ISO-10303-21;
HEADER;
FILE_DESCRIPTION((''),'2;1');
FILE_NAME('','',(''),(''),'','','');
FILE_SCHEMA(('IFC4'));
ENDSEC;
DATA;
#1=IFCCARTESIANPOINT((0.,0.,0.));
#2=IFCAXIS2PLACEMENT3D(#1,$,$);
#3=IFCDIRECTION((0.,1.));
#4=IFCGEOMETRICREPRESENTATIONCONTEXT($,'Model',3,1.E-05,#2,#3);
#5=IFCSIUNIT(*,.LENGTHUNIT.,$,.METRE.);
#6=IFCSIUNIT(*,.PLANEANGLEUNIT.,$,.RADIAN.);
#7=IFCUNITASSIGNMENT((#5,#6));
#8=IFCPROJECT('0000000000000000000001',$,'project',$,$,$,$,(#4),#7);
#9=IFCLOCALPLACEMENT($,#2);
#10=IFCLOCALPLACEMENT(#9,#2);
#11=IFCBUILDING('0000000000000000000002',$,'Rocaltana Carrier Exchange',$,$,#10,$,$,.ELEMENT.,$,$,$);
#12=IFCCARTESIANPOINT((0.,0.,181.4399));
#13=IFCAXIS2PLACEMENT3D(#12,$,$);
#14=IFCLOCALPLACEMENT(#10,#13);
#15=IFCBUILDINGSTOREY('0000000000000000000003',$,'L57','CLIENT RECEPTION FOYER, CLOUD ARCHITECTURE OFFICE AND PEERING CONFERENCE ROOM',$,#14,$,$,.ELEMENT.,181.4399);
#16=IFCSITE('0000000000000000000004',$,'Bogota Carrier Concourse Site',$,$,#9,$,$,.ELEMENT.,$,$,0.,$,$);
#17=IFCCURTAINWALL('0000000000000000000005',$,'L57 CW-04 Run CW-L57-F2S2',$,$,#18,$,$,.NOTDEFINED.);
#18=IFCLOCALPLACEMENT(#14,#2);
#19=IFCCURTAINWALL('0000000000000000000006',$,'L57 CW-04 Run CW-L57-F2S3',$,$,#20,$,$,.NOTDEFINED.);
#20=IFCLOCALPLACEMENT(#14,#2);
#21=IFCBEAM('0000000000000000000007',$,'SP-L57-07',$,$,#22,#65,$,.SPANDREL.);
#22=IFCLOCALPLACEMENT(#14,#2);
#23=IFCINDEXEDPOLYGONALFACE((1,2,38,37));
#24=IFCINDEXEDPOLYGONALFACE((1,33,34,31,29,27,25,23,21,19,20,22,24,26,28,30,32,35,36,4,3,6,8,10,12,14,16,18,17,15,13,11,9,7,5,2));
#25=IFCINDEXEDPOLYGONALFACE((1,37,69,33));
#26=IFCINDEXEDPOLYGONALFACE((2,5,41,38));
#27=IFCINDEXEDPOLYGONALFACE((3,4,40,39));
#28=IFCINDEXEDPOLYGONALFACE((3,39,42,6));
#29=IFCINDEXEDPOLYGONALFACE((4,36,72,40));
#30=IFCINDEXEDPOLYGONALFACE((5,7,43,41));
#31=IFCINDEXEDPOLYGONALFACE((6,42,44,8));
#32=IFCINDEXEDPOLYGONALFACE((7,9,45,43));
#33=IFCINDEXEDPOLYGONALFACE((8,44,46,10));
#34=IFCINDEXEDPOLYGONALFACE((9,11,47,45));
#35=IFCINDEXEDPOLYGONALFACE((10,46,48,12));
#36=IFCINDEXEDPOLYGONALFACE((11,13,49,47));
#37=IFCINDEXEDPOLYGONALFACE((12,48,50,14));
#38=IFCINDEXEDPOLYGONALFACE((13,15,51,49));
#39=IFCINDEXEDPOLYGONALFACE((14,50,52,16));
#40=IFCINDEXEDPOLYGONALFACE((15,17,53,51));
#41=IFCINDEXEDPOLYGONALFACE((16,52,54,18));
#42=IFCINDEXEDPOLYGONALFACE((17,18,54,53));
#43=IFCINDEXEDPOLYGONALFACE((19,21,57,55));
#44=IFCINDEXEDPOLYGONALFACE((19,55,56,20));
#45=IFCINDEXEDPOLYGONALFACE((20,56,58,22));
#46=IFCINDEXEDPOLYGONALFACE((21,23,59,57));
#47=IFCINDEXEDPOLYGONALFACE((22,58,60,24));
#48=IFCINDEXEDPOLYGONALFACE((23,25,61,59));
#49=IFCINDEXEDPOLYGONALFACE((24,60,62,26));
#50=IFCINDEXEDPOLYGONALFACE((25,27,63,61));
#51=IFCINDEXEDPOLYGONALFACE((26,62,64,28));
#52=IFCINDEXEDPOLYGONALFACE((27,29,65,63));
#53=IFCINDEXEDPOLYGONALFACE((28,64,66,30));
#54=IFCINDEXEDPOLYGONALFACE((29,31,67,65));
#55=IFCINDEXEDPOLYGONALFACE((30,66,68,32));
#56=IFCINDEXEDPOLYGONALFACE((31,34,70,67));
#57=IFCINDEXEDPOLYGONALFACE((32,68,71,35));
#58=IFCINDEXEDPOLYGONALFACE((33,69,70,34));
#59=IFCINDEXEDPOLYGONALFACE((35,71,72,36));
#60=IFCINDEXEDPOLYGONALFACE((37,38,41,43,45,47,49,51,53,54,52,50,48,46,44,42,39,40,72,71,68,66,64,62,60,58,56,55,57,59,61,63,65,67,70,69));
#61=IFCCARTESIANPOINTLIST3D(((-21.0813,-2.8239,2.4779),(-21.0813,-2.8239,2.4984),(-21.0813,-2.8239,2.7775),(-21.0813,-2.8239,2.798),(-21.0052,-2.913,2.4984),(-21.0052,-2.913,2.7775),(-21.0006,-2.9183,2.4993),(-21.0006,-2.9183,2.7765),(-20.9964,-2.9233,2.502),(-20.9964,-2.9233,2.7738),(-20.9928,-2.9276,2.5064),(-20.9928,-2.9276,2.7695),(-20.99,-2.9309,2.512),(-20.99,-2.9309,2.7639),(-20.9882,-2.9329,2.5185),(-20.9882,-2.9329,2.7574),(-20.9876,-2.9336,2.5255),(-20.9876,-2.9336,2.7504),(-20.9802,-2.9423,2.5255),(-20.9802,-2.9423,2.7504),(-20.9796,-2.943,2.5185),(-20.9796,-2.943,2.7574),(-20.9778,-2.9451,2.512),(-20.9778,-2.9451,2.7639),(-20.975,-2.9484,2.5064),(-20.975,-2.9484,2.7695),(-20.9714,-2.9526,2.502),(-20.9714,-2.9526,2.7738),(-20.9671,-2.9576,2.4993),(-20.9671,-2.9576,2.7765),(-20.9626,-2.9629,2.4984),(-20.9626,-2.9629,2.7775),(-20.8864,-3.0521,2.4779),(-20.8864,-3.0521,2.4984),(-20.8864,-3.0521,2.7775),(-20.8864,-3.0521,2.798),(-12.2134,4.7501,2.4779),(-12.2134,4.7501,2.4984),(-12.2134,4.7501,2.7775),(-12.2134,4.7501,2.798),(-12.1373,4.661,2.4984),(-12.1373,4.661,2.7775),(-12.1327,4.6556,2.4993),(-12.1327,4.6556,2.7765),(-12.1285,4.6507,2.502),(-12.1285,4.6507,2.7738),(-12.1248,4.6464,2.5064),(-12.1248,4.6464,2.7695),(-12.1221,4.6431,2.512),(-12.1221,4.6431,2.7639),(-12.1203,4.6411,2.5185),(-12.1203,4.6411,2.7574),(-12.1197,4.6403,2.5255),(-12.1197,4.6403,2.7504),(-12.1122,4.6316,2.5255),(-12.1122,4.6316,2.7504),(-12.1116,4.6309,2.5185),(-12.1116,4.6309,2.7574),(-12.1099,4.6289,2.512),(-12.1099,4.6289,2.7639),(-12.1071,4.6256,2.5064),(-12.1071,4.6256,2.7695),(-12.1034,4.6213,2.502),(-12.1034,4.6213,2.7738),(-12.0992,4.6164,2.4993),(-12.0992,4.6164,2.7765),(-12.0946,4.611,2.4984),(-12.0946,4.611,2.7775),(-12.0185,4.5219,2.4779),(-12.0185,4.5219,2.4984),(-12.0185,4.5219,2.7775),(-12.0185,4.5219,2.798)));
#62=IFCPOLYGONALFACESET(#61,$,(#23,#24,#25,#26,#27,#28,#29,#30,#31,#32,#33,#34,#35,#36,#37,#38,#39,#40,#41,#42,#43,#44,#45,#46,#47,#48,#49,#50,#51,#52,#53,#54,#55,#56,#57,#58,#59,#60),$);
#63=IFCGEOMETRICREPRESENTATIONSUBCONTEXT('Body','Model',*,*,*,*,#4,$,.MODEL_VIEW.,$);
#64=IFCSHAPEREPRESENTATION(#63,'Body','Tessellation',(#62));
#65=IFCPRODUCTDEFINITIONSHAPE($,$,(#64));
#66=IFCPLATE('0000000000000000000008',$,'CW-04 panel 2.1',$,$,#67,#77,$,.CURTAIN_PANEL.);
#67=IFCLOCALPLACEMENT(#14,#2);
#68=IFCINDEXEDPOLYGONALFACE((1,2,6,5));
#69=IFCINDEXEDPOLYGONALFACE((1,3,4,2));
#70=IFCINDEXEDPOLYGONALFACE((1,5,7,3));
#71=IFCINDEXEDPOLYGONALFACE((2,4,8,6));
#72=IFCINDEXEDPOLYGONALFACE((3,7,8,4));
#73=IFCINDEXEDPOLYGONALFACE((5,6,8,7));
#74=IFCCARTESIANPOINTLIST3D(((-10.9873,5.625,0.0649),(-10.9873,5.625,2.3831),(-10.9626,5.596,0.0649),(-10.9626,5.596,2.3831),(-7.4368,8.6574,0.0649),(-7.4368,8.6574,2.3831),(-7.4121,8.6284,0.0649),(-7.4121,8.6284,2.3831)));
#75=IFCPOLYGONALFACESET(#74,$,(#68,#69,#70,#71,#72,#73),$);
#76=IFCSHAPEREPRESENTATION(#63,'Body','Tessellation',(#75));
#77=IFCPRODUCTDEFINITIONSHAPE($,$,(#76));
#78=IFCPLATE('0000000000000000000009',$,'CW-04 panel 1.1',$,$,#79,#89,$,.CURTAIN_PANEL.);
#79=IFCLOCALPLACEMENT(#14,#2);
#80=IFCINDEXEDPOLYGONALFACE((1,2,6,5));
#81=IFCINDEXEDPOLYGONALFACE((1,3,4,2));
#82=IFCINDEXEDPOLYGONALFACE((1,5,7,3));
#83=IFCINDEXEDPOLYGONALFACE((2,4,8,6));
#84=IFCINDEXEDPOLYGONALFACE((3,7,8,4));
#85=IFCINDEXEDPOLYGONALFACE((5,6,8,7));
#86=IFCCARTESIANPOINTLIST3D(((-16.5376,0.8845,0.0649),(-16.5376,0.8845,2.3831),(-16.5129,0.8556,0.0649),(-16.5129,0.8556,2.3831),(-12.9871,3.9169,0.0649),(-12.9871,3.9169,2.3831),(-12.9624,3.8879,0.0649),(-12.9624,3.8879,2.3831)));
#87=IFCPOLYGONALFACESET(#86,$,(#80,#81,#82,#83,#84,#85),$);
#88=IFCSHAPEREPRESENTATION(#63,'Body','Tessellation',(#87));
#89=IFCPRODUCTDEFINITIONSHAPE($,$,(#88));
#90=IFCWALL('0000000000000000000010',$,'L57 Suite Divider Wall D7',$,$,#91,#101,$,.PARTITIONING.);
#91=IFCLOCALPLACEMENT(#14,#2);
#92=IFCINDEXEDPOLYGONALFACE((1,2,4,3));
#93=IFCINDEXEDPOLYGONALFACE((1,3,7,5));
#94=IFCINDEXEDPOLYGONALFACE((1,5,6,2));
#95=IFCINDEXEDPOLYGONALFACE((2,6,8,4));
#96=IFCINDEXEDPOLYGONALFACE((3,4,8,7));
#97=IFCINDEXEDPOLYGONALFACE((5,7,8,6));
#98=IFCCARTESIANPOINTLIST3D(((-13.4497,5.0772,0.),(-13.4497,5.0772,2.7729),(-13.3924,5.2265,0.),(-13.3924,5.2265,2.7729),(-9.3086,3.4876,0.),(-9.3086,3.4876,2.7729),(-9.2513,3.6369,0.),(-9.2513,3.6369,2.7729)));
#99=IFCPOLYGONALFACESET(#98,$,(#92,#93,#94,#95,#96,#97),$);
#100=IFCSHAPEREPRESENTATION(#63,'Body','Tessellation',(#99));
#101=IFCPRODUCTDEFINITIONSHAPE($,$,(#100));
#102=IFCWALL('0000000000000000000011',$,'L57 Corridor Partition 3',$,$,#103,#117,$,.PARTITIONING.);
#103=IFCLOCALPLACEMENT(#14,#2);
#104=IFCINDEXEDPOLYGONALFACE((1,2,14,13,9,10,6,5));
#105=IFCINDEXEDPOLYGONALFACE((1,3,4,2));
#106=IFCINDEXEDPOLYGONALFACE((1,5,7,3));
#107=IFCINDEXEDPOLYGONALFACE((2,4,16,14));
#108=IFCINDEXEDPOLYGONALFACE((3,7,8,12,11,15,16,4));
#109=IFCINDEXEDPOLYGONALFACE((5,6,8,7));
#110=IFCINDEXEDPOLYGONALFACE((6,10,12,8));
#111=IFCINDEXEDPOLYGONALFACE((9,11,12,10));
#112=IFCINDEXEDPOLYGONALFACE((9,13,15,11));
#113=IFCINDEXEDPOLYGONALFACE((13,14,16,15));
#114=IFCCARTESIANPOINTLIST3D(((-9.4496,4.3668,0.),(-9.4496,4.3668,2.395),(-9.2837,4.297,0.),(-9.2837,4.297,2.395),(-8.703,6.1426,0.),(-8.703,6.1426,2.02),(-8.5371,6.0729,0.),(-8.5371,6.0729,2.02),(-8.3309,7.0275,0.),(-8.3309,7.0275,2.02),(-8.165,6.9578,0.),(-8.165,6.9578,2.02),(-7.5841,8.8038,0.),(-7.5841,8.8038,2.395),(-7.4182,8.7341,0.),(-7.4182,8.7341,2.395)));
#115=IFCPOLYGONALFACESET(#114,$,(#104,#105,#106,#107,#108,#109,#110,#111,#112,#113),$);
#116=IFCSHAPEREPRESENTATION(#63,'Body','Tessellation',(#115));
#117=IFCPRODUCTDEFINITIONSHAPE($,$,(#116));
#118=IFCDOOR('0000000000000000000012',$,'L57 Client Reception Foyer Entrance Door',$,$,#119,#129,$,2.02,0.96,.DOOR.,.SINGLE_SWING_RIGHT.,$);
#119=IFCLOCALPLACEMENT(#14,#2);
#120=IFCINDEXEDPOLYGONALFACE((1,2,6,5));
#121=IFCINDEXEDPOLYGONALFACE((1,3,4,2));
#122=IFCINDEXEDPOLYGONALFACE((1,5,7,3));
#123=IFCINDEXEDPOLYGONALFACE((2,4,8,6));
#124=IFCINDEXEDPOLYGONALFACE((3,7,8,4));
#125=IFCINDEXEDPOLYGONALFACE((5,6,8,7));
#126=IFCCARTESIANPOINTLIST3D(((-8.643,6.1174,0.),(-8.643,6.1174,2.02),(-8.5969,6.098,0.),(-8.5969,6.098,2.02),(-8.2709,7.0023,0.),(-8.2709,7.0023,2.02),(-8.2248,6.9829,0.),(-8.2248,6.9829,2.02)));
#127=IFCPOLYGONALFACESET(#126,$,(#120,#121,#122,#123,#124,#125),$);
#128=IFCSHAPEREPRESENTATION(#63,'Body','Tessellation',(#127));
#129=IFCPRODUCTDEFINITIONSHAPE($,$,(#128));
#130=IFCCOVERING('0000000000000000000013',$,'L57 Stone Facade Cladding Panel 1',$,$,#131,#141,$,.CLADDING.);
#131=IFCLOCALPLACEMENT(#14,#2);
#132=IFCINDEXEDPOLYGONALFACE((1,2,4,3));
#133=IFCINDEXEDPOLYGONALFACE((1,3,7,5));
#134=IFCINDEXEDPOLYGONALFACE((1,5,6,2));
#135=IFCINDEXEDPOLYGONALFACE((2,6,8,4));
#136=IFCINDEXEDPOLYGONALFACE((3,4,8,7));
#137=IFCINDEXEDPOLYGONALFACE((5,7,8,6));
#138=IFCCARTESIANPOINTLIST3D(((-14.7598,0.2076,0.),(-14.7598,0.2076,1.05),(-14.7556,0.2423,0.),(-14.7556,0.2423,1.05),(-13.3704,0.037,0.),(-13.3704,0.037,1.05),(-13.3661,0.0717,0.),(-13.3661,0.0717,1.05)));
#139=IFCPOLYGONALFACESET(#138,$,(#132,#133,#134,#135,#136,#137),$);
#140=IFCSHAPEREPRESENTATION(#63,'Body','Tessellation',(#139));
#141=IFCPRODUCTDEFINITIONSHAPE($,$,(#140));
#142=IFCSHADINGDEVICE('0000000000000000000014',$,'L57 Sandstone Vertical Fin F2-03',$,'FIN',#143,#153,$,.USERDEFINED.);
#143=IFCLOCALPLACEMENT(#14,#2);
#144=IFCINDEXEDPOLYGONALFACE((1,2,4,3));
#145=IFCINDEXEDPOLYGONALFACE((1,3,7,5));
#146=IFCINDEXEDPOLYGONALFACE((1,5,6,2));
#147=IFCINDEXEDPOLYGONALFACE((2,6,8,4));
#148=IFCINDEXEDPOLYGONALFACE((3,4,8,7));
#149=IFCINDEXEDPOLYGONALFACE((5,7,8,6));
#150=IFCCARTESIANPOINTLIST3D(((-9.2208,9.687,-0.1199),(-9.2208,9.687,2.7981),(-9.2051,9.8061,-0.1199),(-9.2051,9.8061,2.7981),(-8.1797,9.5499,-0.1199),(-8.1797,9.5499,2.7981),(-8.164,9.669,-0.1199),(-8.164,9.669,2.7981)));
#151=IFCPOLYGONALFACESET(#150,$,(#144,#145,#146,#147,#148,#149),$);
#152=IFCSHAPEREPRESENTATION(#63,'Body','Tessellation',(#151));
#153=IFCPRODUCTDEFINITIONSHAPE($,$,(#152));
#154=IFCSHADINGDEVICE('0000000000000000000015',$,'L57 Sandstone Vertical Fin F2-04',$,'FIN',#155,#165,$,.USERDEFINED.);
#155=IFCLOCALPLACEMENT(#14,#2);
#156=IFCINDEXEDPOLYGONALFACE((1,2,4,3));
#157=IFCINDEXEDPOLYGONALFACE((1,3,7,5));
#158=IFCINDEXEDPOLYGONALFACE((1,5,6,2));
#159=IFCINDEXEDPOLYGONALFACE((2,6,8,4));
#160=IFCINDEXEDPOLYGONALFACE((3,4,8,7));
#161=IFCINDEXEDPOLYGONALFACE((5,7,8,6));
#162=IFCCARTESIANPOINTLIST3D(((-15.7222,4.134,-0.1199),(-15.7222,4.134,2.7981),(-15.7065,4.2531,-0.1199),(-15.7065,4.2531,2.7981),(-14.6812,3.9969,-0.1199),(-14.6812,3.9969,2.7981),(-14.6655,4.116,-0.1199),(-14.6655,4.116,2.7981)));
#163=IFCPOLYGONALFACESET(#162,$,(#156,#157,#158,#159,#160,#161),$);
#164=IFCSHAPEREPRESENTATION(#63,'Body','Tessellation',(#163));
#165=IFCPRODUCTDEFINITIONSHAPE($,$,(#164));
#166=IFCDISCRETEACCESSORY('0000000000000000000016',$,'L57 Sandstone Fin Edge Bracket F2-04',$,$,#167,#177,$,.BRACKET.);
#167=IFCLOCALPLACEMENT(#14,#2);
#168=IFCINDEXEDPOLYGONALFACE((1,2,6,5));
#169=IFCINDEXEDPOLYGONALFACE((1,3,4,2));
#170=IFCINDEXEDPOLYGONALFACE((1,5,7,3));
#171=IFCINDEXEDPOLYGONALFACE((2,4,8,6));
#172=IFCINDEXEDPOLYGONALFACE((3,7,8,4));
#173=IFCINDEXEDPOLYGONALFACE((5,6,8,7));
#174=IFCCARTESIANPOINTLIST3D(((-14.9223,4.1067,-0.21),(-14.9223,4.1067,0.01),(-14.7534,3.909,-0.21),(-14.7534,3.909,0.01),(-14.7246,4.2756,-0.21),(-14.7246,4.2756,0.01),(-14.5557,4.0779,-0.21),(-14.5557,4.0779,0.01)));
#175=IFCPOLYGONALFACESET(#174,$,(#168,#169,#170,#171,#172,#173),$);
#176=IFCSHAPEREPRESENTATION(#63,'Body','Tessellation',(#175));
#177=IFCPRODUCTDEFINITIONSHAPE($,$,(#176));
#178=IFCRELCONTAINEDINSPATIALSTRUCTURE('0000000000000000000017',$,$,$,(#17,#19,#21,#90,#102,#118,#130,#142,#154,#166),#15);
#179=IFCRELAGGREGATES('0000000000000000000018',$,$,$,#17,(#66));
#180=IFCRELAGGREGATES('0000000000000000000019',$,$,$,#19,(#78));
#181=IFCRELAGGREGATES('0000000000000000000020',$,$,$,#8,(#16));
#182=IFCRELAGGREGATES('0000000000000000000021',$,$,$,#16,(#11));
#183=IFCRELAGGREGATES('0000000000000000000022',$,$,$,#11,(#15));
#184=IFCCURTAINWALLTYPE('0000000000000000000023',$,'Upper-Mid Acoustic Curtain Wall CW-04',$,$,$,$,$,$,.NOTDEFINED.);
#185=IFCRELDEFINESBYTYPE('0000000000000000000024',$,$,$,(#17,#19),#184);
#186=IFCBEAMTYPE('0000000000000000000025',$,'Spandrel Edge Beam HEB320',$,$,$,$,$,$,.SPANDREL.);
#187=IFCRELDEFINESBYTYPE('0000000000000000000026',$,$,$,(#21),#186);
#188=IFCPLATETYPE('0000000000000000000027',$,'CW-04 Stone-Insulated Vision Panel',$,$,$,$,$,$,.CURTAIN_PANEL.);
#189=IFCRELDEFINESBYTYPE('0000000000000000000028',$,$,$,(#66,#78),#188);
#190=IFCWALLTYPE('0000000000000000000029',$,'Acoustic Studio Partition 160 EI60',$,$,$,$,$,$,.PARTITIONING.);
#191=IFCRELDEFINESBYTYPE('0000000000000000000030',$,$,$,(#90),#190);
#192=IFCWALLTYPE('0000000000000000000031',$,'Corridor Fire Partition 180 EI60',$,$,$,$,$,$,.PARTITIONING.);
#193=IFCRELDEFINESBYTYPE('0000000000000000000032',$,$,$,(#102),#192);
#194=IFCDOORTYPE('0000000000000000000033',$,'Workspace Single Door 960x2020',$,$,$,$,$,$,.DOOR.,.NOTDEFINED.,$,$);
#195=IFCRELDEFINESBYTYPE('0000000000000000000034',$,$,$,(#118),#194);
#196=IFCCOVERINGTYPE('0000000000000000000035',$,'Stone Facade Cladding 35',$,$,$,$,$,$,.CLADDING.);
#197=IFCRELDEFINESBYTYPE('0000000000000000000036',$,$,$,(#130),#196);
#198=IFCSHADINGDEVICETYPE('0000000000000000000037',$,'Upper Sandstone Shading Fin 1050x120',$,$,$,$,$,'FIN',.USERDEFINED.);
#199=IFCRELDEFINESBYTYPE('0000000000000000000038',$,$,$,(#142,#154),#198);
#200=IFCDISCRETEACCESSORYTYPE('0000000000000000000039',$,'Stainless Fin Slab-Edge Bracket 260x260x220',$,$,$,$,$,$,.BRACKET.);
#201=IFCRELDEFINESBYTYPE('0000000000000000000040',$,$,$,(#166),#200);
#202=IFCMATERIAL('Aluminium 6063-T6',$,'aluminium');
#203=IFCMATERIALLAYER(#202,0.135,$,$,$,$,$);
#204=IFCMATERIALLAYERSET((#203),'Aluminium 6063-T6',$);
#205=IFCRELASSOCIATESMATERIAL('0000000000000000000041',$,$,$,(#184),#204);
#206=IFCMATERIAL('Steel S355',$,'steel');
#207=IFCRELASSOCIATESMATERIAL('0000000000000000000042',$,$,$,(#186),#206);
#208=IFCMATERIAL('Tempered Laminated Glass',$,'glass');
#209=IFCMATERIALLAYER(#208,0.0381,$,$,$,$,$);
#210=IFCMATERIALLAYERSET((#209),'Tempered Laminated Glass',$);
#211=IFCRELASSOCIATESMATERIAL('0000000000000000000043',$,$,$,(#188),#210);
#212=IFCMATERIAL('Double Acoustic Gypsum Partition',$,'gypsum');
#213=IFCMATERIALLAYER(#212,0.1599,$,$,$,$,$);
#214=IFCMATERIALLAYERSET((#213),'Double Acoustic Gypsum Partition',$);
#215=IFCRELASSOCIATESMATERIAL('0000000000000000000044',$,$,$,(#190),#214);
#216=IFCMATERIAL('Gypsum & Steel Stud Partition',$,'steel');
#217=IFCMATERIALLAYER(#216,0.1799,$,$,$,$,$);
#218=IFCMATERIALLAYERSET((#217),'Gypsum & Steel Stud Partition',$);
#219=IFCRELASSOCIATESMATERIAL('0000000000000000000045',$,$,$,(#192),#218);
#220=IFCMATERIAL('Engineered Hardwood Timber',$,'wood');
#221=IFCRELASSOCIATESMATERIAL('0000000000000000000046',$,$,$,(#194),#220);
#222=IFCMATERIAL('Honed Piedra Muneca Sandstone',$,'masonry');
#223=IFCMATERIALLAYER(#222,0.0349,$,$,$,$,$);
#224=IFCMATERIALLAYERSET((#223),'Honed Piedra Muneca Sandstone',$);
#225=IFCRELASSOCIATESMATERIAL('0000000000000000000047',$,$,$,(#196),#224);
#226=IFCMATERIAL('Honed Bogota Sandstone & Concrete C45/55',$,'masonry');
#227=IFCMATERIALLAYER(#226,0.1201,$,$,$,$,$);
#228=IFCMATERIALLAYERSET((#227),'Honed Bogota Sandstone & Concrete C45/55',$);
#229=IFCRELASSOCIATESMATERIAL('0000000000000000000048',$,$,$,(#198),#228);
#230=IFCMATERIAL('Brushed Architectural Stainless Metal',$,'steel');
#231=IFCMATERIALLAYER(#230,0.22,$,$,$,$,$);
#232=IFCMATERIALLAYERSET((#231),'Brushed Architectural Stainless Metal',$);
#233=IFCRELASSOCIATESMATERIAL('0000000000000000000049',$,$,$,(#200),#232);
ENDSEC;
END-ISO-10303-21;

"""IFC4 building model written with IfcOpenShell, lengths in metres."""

from ifc_helpers import new_model, si_unit, direction, frame, frame_2d, origin, origin_2d, place, context, subcontext, project, spatial, rectangle, i_section, extrude, material, layer, layer_set, material_profile, profile_set, type_object, element, fill, aggregate, save


model = new_model("IFC4")

# Units and contexts
model_context = context("Model", 3, precision=1e-05, world=origin(), true_north=direction((0.0, 1.0)))
body_context = subcontext(model_context, "Body", "Model", "MODEL_VIEW")
ifc_project = project(units=[si_unit("LENGTHUNIT", "METRE"), si_unit("PLANEANGLEUNIT", "RADIAN")], contexts=[model_context])

# Site, building, storey
site_placement = place(None, origin())
site = spatial("IfcSite", under=ifc_project, at=site_placement, Name="Bogota Carrier Concourse Site", CompositionType="ELEMENT", RefElevation=0.0)
building_placement = place(site_placement, origin())
building = spatial("IfcBuilding", under=site, at=building_placement, Name="Rocaltana Carrier Exchange", CompositionType="ELEMENT")
storey_placement = place(building_placement, frame((0.0, 0.0, 181.4399)))
storey = spatial("IfcBuildingStorey", under=building, at=storey_placement, Name="L57", Description="CLIENT RECEPTION FOYER, CLOUD ARCHITECTURE OFFICE AND PEERING CONFERENCE ROOM", CompositionType="ELEMENT", Elevation=181.4399)

# Curtain wall
ifc_material_1 = material(Name="Aluminium 6063-T6", Category="aluminium")
ifc_layer_1 = layer(ifc_material_1, 0.135)
ifc_layer_set_1 = layer_set([ifc_layer_1], Name="Aluminium 6063-T6")
curtain_wall_type = type_object("IfcCurtainWallType", Name="Upper-Mid Acoustic Curtain Wall CW-04", PredefinedType="NOTDEFINED", material=ifc_layer_set_1)
curtain_wall_1_placement = place(storey_placement, origin())
curtain_wall_1 = element("IfcCurtainWall", 1, at=curtain_wall_1_placement, inside=storey, type_object=curtain_wall_type, Name="L57 CW-04 Run CW-L57-F2S2", PredefinedType="NOTDEFINED")

# Curtain wall
curtain_wall_2_placement = place(storey_placement, origin())
curtain_wall_2 = element("IfcCurtainWall", 2, at=curtain_wall_2_placement, inside=storey, type_object=curtain_wall_type, Name="L57 CW-04 Run CW-L57-F2S3", PredefinedType="NOTDEFINED")

# Beam
ifc_material_2 = material(Name="Steel S355", Category="steel")
ifc_material_profile_1 = material_profile(ifc_material_2, i_section(OverallWidth=0.3, OverallDepth=0.3201, WebThickness=0.0115, FlangeThickness=0.0205, FilletRadius=0.0271, at=origin_2d()), Name="HEB320")
ifc_profile_set_1 = profile_set([ifc_material_profile_1], Name="Steel S355")
beam_type_1 = type_object("IfcBeamType", Name="Spandrel Edge Beam HEB320", PredefinedType="SPANDREL", material=ifc_profile_set_1)
beam_1_placement = place(storey_placement, frame((-12.116, 4.636, 2.6379), z_axis=(-0.760404, -0.649451, 0.0), x_axis=(0.649451, -0.760404, 0.0)))
element("IfcBeam", 3, at=beam_1_placement, inside=storey, type_object=beam_type_1, Name="SP-L57-07", PredefinedType="SPANDREL", context=body_context, shape_type="SweptSolid", body=[
    extrude(i_section(OverallWidth=0.3, OverallDepth=0.3201, WebThickness=0.0115, FlangeThickness=0.0205, FilletRadius=0.0271, at=origin_2d()), origin(), (0.0, 0.0, 1.0), 11.6621),
])

# Plates
ifc_material_3 = material(Name="Tempered Laminated Glass", Category="glass")
ifc_layer_2 = layer(ifc_material_3, 0.0381)
ifc_layer_set_2 = layer_set([ifc_layer_2], Name="Tempered Laminated Glass")
plate_type = type_object("IfcPlateType", Name="CW-04 Stone-Insulated Vision Panel", PredefinedType="CURTAIN_PANEL", material=ifc_layer_set_2)
plate_1_placement = place(storey_placement, frame((-9.1997, 7.1267, 0.0649), z_axis=(0.0, 0.0, 1.0), x_axis=(-0.760401, -0.649454, 0.0)))
plate_1 = element("IfcPlate", 4, at=plate_1_placement, type_object=plate_type, Name="CW-04 panel 2.1", PredefinedType="CURTAIN_PANEL", context=body_context, shape_type="SweptSolid", body=[
    extrude(rectangle(XDim=4.6692, YDim=0.0381, at=origin_2d()), origin(), (0.0, 0.0, 1.0), 2.3181),
])
aggregate(curtain_wall_1, [plate_1])
plate_2_placement = place(storey_placement, frame((-14.75, 2.3862, 0.0649), z_axis=(0.0, 0.0, 1.0), x_axis=(-0.760406, -0.649448, 0.0)))
plate_2 = element("IfcPlate", 5, at=plate_2_placement, type_object=plate_type, Name="CW-04 panel 1.1", PredefinedType="CURTAIN_PANEL", context=body_context, shape_type="SweptSolid", body=[
    extrude(rectangle(XDim=4.6692, YDim=0.0381, at=origin_2d()), origin(), (0.0, 0.0, 1.0), 2.3181),
])
aggregate(curtain_wall_2, [plate_2])

# Wall
ifc_material_4 = material(Name="Double Acoustic Gypsum Partition", Category="gypsum")
ifc_layer_3 = layer(ifc_material_4, 0.1599)
ifc_layer_set_3 = layer_set([ifc_layer_3], Name="Double Acoustic Gypsum Partition")
wall_type_1 = type_object("IfcWallType", Name="Acoustic Studio Partition 160 EI60", PredefinedType="PARTITIONING", material=ifc_layer_set_3)
wall_1_placement = place(storey_placement, frame((-9.28, 3.5623, 0.0), z_axis=(0.0, 0.0, 1.0), x_axis=(-0.933582, 0.358363, 0.0)))
element("IfcWall", 6, at=wall_1_placement, inside=storey, type_object=wall_type_1, Name="L57 Suite Divider Wall D7", PredefinedType="PARTITIONING", context=body_context, shape_type="SweptSolid", body=[
    extrude(rectangle(XDim=4.4358, YDim=0.1599, at=frame_2d((2.2178, 0.0))), origin(), (0.0, 0.0, 1.0), 2.7729),
])

# Wall, opening, door
ifc_material_5 = material(Name="Gypsum & Steel Stud Partition", Category="steel")
ifc_layer_4 = layer(ifc_material_5, 0.1799)
ifc_layer_set_4 = layer_set([ifc_layer_4], Name="Gypsum & Steel Stud Partition")
wall_type_2 = type_object("IfcWallType", Name="Corridor Fire Partition 180 EI60", PredefinedType="PARTITIONING", material=ifc_layer_set_4)
wall_2_placement = place(storey_placement, frame((-9.3667, 4.3318, 0.0), z_axis=(0.0, 0.0, 1.0), x_axis=(0.387574, 0.921839, 0.0)))
wall_2 = element("IfcWall", 7, at=wall_2_placement, inside=storey, type_object=wall_type_2, Name="L57 Corridor Partition 3", PredefinedType="PARTITIONING", context=body_context, shape_type="SweptSolid", body=[
    extrude(rectangle(XDim=4.8132, YDim=0.1799, at=frame_2d((2.4067, 0.0))), origin(), (0.0, 0.0, 1.0), 2.395),
])
opening_placement = place(wall_2_placement, frame((1.9265, 0.0, 0.0)))
opening = element("IfcOpeningElement", 8, at=opening_placement, cuts=wall_2, PredefinedType="OPENING", context=body_context, shape_type="SweptSolid", body=[
    extrude(rectangle(XDim=0.96, YDim=2.02, at=frame_2d((0.48, 1.01))), frame((0.0, 0.0999, 0.0), z_axis=(0.0, -1.0, 0.0), x_axis=(1.0, 0.0, 0.0)), (0.0, 0.0, 1.0), 0.2),
])
ifc_material_6 = material(Name="Engineered Hardwood Timber", Category="wood")
door_type = type_object("IfcDoorType", Name="Workspace Single Door 960x2020", OperationType="NOTDEFINED", PredefinedType="DOOR", material=ifc_material_6)
door_placement = place(opening_placement, origin())
door = element("IfcDoor", 9, at=door_placement, inside=storey, type_object=door_type, Name="L57 Client Reception Foyer Entrance Door", OperationType="SINGLE_SWING_RIGHT", OverallHeight=2.02, OverallWidth=0.96, PredefinedType="DOOR", context=body_context, shape_type="SweptSolid", body=[
    extrude(rectangle(XDim=0.96, YDim=2.02, at=frame_2d((0.48, 1.01))), frame((0.0, 0.0249, 0.0), z_axis=(0.0, -1.0, 0.0), x_axis=(1.0, 0.0, 0.0)), (0.0, 0.0, 1.0), 0.05),
])
fill(opening, door)

# Covering
ifc_material_7 = material(Name="Honed Piedra Muneca Sandstone", Category="masonry")
ifc_layer_5 = layer(ifc_material_7, 0.0349)
ifc_layer_set_5 = layer_set([ifc_layer_5], Name="Honed Piedra Muneca Sandstone")
covering_type = type_object("IfcCoveringType", Name="Stone Facade Cladding 35", PredefinedType="CLADDING", material=ifc_layer_set_5)
covering_placement = place(storey_placement, frame((-14.063, 0.1396, 0.0), z_axis=(0.0, 0.0, 1.0), x_axis=(-0.992546, 0.121869, 0.0)))
element("IfcCovering", 10, at=covering_placement, inside=storey, type_object=covering_type, Name="L57 Stone Facade Cladding Panel 1", PredefinedType="CLADDING", context=body_context, shape_type="SweptSolid", body=[
    extrude(rectangle(XDim=1.3999, YDim=0.0349, at=origin_2d()), origin(), (0.0, 0.0, 1.0), 1.05),
])

# Shading devices
ifc_material_8 = material(Name="Honed Bogota Sandstone & Concrete C45/55", Category="masonry")
ifc_layer_6 = layer(ifc_material_8, 0.1201)
ifc_layer_set_6 = layer_set([ifc_layer_6], Name="Honed Bogota Sandstone & Concrete C45/55")
shading_device_type = type_object("IfcShadingDeviceType", Name="Upper Sandstone Shading Fin 1050x120", ElementType="FIN", PredefinedType="USERDEFINED", material=ifc_layer_set_6)
for number, where, z_axis, x_axis, name in (
    (11, (-8.6924, 9.678, -0.1199), (0.0, 0.0, 1.0), (-0.991445, 0.130526, 0.0), "L57 Sandstone Vertical Fin F2-03"),
    (12, (-15.1938, 4.125, -0.1199), (0.0, 0.0, 1.0), (-0.991445, 0.130526, 0.0), "L57 Sandstone Vertical Fin F2-04"),
):
    element("IfcShadingDevice", number, at=place(storey_placement, frame(where, z_axis=z_axis, x_axis=x_axis)), inside=storey, type_object=shading_device_type, Name=name, ObjectType="FIN", PredefinedType="USERDEFINED", context=body_context, shape_type="SweptSolid", body=[
        extrude(rectangle(XDim=1.05, YDim=0.1201, at=origin_2d()), origin(), (0.0, 0.0, 1.0), 2.918),
    ])

# Discrete accessory
ifc_material_9 = material(Name="Brushed Architectural Stainless Metal", Category="steel")
ifc_layer_7 = layer(ifc_material_9, 0.22)
ifc_layer_set_7 = layer_set([ifc_layer_7], Name="Brushed Architectural Stainless Metal")
discrete_accessory_type = type_object("IfcDiscreteAccessoryType", Name="Stainless Fin Slab-Edge Bracket 260x260x220", PredefinedType="BRACKET", material=ifc_layer_set_7)
discrete_accessory_placement = place(storey_placement, frame((-14.739, 4.0923, -0.21), z_axis=(0.0, 0.0, 1.0), x_axis=(-0.760406, -0.649448, 0.0)))
element("IfcDiscreteAccessory", 13, at=discrete_accessory_placement, inside=storey, type_object=discrete_accessory_type, Name="L57 Sandstone Fin Edge Bracket F2-04", PredefinedType="BRACKET", context=body_context, shape_type="SweptSolid", body=[
    extrude(rectangle(XDim=0.26, YDim=0.26, at=origin_2d()), origin(), (0.0, 0.0, 1.0), 0.22),
])

save(model, "model.ifc")
